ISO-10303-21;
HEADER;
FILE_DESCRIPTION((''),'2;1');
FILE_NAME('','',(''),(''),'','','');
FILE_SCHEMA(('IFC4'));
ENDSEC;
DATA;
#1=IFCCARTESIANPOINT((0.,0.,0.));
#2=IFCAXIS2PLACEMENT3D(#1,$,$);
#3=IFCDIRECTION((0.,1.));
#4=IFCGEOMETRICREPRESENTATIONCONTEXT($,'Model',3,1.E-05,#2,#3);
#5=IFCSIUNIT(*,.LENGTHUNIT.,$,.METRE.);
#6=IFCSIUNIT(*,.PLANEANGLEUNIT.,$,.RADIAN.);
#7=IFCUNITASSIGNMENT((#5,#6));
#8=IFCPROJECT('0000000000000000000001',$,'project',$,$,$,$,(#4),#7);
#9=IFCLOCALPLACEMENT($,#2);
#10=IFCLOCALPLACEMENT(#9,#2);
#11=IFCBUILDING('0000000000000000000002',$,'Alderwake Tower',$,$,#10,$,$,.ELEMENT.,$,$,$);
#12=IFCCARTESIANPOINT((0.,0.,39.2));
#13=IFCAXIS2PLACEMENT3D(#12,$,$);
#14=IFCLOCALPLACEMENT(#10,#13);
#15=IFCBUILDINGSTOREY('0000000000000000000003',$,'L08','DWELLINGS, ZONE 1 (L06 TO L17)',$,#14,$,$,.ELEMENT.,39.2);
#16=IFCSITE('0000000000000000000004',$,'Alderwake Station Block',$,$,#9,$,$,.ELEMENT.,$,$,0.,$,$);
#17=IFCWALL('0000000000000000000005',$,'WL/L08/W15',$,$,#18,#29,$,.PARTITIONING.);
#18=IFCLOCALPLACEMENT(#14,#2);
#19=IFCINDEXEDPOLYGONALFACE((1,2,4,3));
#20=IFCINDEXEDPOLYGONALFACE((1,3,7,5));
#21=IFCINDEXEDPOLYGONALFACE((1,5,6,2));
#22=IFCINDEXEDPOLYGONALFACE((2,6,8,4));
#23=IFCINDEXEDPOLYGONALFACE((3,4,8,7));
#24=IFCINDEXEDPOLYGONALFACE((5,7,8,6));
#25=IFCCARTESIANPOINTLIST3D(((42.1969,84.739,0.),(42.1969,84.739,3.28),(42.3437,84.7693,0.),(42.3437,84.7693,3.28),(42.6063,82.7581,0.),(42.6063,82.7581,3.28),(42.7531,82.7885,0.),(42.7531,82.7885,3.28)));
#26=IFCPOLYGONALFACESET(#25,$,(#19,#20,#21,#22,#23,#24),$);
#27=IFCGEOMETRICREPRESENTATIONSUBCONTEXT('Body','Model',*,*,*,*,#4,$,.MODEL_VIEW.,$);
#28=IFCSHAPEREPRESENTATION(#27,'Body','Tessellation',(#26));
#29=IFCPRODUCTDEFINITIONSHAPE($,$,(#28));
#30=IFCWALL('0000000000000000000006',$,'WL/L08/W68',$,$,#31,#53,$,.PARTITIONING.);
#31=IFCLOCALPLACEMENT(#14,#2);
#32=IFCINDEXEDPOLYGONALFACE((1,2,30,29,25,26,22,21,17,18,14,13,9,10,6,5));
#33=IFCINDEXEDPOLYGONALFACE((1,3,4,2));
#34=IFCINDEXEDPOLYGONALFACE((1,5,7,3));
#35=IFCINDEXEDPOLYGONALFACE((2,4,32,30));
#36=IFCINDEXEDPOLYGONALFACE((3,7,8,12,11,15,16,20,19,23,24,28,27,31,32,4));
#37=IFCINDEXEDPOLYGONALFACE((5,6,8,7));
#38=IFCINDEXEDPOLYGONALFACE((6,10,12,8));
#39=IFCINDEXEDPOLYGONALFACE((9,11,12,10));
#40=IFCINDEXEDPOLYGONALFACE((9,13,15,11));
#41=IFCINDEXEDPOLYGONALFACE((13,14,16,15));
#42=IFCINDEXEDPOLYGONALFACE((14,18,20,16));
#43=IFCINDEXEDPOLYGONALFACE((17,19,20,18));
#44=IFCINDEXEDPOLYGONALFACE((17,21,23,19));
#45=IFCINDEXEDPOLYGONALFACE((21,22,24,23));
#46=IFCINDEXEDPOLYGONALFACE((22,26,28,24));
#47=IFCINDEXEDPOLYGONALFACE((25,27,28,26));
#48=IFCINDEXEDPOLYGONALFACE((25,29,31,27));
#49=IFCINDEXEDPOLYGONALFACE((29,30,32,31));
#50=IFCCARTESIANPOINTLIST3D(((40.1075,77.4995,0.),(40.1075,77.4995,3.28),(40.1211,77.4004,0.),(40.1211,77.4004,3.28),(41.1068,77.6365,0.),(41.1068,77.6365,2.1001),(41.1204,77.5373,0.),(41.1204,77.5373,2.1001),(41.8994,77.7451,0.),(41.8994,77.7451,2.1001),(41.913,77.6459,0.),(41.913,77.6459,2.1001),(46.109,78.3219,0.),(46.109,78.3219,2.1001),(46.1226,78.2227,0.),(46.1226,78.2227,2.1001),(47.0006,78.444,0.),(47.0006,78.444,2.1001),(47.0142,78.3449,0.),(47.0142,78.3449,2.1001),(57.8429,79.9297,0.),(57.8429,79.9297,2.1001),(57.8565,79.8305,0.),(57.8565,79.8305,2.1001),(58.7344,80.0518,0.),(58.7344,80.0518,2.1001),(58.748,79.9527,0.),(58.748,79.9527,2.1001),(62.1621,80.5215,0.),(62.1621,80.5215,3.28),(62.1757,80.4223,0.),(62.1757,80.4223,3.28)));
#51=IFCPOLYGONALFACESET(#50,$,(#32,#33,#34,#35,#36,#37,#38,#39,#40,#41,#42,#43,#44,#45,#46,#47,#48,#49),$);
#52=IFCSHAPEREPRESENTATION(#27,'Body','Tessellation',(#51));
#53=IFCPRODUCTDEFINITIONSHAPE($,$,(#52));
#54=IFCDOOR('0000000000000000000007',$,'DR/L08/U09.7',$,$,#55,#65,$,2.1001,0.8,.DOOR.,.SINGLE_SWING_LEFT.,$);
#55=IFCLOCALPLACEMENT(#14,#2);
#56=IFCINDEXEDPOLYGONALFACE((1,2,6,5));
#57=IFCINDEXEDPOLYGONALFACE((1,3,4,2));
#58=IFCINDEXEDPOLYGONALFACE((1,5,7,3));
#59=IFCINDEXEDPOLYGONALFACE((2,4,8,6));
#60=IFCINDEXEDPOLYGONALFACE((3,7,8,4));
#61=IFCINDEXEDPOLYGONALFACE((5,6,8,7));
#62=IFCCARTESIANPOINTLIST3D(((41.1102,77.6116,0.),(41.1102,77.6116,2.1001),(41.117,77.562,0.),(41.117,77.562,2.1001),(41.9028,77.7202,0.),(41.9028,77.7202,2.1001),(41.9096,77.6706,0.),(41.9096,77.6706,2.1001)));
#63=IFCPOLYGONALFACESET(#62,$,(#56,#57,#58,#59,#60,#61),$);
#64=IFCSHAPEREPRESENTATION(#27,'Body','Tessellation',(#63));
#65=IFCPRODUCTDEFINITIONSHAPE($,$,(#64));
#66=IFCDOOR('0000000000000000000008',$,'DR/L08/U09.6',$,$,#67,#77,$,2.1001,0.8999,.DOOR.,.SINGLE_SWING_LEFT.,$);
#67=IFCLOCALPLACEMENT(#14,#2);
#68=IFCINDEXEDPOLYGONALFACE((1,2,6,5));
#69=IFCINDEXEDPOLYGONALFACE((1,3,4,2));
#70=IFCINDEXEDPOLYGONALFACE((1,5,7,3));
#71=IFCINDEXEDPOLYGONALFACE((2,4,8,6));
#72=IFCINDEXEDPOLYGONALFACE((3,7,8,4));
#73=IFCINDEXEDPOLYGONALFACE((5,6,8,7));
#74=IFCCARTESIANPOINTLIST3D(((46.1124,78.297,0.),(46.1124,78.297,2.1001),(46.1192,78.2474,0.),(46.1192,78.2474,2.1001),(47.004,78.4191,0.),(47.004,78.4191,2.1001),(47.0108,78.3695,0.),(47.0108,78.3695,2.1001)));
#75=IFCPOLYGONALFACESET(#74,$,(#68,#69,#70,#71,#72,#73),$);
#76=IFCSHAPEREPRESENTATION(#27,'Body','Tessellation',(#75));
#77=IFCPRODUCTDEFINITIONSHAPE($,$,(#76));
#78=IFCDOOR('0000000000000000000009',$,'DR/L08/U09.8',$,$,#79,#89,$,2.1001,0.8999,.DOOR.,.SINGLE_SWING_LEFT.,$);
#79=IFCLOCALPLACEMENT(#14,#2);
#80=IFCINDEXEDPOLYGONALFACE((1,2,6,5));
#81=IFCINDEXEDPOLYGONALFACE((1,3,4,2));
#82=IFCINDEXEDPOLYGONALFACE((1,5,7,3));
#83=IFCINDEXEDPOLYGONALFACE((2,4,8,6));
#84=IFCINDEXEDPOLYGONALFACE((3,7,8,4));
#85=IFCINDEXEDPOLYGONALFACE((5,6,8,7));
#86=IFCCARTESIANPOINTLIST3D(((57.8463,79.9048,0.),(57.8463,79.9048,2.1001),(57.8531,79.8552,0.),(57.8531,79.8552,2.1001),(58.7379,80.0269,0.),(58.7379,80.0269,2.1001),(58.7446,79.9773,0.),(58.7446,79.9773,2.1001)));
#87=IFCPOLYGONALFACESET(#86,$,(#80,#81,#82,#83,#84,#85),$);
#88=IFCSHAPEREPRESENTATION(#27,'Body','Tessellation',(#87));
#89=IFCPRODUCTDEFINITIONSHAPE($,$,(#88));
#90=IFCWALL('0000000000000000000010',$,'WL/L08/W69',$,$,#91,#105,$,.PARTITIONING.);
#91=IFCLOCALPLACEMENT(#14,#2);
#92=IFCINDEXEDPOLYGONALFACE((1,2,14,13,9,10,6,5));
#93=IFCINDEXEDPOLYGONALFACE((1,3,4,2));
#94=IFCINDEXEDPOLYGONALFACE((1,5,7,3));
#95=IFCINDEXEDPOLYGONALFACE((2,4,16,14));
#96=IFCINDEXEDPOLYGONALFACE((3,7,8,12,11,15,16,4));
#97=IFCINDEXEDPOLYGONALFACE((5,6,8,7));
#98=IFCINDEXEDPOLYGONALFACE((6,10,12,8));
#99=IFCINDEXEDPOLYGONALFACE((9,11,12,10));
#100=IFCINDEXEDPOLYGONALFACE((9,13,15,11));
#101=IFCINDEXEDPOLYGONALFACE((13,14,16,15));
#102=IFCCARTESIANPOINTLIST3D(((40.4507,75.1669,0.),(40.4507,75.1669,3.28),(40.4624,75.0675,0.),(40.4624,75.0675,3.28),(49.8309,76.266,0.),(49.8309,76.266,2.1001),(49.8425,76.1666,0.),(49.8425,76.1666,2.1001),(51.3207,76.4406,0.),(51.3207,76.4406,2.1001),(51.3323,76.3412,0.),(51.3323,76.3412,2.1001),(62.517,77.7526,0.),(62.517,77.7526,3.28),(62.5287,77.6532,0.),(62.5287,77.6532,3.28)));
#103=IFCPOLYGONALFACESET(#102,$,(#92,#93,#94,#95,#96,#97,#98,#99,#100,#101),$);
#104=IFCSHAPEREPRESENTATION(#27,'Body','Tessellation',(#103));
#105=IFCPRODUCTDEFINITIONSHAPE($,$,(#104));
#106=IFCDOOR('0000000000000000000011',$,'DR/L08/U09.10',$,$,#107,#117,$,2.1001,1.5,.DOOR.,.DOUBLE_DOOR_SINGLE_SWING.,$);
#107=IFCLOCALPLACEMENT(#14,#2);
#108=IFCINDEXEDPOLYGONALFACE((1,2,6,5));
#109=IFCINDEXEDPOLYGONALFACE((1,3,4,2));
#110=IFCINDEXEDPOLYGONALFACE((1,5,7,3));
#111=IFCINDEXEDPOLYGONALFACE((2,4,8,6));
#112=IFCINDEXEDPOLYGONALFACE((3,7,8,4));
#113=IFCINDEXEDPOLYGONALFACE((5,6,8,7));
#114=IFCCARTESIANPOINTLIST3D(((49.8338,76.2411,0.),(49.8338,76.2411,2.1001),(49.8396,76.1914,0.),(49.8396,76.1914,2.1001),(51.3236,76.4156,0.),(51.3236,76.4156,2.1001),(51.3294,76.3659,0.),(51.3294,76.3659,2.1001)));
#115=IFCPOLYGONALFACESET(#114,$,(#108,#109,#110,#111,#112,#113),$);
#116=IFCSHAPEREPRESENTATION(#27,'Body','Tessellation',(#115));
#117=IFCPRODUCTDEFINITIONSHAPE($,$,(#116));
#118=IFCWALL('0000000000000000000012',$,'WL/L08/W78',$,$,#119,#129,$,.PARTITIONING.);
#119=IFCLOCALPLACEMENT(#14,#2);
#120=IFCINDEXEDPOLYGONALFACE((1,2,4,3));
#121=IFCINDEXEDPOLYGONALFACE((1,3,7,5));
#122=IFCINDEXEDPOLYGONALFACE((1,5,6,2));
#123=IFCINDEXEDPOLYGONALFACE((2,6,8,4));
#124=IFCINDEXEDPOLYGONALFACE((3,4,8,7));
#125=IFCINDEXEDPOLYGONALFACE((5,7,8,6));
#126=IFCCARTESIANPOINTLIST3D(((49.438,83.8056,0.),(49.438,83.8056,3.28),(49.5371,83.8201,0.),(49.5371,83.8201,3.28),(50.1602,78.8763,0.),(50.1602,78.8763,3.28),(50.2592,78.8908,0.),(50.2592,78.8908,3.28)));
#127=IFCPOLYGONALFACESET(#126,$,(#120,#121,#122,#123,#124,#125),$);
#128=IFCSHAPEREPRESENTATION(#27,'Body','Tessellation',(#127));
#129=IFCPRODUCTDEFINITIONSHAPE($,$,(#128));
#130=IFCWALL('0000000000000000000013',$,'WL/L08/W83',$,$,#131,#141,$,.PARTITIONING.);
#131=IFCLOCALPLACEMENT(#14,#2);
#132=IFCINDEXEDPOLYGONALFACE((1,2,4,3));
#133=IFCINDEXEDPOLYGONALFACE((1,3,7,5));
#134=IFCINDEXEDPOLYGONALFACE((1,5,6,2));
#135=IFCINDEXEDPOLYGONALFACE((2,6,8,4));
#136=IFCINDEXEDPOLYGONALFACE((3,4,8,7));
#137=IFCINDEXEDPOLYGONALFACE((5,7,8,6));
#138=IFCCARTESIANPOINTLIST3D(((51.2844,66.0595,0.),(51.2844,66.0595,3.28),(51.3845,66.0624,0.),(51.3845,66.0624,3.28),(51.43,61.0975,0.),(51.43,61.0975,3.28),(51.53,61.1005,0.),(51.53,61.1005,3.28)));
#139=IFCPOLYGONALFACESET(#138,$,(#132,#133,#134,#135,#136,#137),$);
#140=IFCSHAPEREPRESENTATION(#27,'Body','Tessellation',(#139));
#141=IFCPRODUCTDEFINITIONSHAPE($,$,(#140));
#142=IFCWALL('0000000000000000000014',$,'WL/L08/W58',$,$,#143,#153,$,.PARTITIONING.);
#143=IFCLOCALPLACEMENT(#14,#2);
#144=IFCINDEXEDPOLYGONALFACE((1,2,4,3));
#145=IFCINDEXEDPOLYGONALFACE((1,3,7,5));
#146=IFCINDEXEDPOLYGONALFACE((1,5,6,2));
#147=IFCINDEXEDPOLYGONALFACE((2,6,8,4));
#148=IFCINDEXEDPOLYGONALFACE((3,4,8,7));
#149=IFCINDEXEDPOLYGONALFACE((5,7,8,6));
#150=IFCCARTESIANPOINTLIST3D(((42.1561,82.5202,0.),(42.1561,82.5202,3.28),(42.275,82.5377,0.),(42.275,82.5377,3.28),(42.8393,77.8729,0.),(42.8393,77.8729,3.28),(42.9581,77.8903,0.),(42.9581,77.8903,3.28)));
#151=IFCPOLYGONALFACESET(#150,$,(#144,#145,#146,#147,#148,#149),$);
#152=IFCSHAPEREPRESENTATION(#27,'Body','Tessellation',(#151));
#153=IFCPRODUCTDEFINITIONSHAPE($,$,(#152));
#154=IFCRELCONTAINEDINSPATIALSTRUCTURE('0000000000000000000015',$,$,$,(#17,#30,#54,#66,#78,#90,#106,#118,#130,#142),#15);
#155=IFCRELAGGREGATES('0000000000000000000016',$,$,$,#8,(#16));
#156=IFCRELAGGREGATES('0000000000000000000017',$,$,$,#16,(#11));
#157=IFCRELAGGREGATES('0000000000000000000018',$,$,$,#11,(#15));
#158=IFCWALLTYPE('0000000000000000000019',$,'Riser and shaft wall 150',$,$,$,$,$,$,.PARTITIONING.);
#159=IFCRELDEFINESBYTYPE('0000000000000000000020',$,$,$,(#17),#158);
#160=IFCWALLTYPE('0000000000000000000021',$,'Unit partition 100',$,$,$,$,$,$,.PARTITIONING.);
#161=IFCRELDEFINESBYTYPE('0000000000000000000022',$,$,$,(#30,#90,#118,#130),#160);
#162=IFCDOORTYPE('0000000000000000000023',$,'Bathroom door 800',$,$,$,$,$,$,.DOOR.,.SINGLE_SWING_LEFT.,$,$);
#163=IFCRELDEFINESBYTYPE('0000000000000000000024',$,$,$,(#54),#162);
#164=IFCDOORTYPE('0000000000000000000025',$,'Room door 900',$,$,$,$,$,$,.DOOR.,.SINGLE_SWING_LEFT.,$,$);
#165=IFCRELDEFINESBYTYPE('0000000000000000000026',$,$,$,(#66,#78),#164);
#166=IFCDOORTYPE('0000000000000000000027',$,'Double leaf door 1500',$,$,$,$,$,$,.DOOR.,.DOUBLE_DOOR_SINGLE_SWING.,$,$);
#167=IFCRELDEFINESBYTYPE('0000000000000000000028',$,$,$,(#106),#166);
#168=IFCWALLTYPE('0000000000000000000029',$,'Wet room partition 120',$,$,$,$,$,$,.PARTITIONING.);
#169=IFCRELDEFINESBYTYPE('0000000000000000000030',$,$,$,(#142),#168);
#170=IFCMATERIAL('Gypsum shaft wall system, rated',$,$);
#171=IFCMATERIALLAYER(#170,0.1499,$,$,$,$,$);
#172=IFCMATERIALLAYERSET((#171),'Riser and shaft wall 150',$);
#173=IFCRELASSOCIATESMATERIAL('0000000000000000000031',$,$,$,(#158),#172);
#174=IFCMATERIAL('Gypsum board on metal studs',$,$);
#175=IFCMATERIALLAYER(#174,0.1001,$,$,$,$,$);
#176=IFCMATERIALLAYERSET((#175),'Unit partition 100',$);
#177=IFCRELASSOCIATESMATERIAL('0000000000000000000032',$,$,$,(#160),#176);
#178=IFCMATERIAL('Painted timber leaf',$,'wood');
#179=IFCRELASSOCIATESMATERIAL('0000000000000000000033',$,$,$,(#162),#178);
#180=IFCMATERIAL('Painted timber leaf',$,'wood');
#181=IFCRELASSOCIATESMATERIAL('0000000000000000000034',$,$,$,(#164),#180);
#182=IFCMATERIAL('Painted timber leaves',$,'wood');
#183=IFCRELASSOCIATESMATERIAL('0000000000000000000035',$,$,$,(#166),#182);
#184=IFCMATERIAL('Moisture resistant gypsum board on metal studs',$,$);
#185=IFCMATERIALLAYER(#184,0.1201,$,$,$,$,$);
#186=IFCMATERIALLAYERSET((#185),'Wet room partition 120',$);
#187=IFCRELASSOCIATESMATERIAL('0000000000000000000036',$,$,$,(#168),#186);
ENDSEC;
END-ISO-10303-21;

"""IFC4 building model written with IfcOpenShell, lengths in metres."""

from ifc_helpers import new_model, si_unit, direction, frame, frame_2d, origin, place, context, subcontext, project, spatial, rectangle, extrude, material, layer, layer_set, type_object, element, fill, save


model = new_model("IFC4")

# Units and contexts
model_context = context("Model", 3, precision=1e-05, world=origin(), true_north=direction((0.0, 1.0)))
body_context = subcontext(model_context, "Body", "Model", "MODEL_VIEW")
ifc_project = project(units=[si_unit("LENGTHUNIT", "METRE"), si_unit("PLANEANGLEUNIT", "RADIAN")], contexts=[model_context])

# Site, building, storey
site_placement = place(None, origin())
site = spatial("IfcSite", under=ifc_project, at=site_placement, Name="Alderwake Station Block", CompositionType="ELEMENT", RefElevation=0.0)
building_placement = place(site_placement, origin())
building = spatial("IfcBuilding", under=site, at=building_placement, Name="Alderwake Tower", CompositionType="ELEMENT")
storey_placement = place(building_placement, frame((0.0, 0.0, 39.2)))
storey = spatial("IfcBuildingStorey", under=building, at=storey_placement, Name="L08", Description="DWELLINGS, ZONE 1 (L06 TO L17)", CompositionType="ELEMENT", Elevation=39.2)

# Wall
ifc_material_1 = material(Name="Gypsum shaft wall system, rated")
ifc_layer_1 = layer(ifc_material_1, 0.1499)
ifc_layer_set_1 = layer_set([ifc_layer_1], Name="Riser and shaft wall 150")
wall_type_1 = type_object("IfcWallType", Name="Riser and shaft wall 150", PredefinedType="PARTITIONING", material=ifc_layer_set_1)
wall_1_placement = place(storey_placement, frame((42.6797, 82.7734, 0.0), z_axis=(0.0, 0.0, 1.0), x_axis=(-0.202402, 0.979303, 0.0)))
element("IfcWall", 1, at=wall_1_placement, inside=storey, type_object=wall_type_1, Name="WL/L08/W15", PredefinedType="PARTITIONING", context=body_context, shape_type="SweptSolid", body=[
    extrude(rectangle(XDim=2.0227, YDim=0.1499, at=frame_2d((1.0112, 0.0))), origin(), (0.0, 0.0, 1.0), 3.28),
])

# Wall, openings, doors
ifc_material_2 = material(Name="Gypsum board on metal studs")
ifc_layer_2 = layer(ifc_material_2, 0.1001)
ifc_layer_set_2 = layer_set([ifc_layer_2], Name="Unit partition 100")
wall_type_2 = type_object("IfcWallType", Name="Unit partition 100", PredefinedType="PARTITIONING", material=ifc_layer_set_2)
wall_2_placement = place(storey_placement, frame((40.1143, 77.45, 0.0), z_axis=(0.0, 0.0, 1.0), x_axis=(0.990743, 0.135753, 0.0)))
wall_2 = element("IfcWall", 2, at=wall_2_placement, inside=storey, type_object=wall_type_2, Name="WL/L08/W68", PredefinedType="PARTITIONING", context=body_context, shape_type="SweptSolid", body=[
    extrude(rectangle(XDim=22.2607, YDim=0.1001, at=frame_2d((11.1304, 0.0))), origin(), (0.0, 0.0, 1.0), 3.28),
])
opening_1_placement = place(wall_2_placement, frame((6.0576, 0.0, 0.0)))
opening_1 = element("IfcOpeningElement", 3, at=opening_1_placement, cuts=wall_2, PredefinedType="OPENING", context=body_context, shape_type="SweptSolid", body=[
    extrude(rectangle(XDim=0.8999, YDim=2.1001, at=frame_2d((0.45, 1.05))), frame((0.0, 0.0601, 0.0), z_axis=(0.0, -1.0, 0.0), x_axis=(1.0, 0.0, 0.0)), (0.0, 0.0, 1.0), 0.1201),
])
opening_2_placement = place(wall_2_placement, frame((1.0088, 0.0, 0.0)))
opening_2 = element("IfcOpeningElement", 4, at=opening_2_placement, cuts=wall_2, PredefinedType="OPENING", context=body_context, shape_type="SweptSolid", body=[
    extrude(rectangle(XDim=0.8, YDim=2.1001, at=frame_2d((0.3999, 1.05))), frame((0.0, 0.0601, 0.0), z_axis=(0.0, -1.0, 0.0), x_axis=(1.0, 0.0, 0.0)), (0.0, 0.0, 1.0), 0.1201),
])
opening_3_placement = place(wall_2_placement, frame((17.9011, 0.0, 0.0)))
opening_3 = element("IfcOpeningElement", 5, at=opening_3_placement, cuts=wall_2, PredefinedType="OPENING", context=body_context, shape_type="SweptSolid", body=[
    extrude(rectangle(XDim=0.8999, YDim=2.1001, at=frame_2d((0.45, 1.05))), frame((0.0, 0.0601, 0.0), z_axis=(0.0, -1.0, 0.0), x_axis=(1.0, 0.0, 0.0)), (0.0, 0.0, 1.0), 0.1201),
])
ifc_material_3 = material(Name="Painted timber leaf", Category="wood")
door_type_1 = type_object("IfcDoorType", Name="Bathroom door 800", OperationType="SINGLE_SWING_LEFT", PredefinedType="DOOR", material=ifc_material_3)
door_1_placement = place(opening_2_placement, origin())
door_1 = element("IfcDoor", 6, at=door_1_placement, inside=storey, type_object=door_type_1, Name="DR/L08/U09.7", OperationType="SINGLE_SWING_LEFT", OverallHeight=2.1001, OverallWidth=0.8, PredefinedType="DOOR", context=body_context, shape_type="SweptSolid", body=[
    extrude(rectangle(XDim=0.8, YDim=2.1001, at=frame_2d((0.3999, 1.05))), frame((0.0, 0.0249, 0.0), z_axis=(0.0, -1.0, 0.0), x_axis=(1.0, 0.0, 0.0)), (0.0, 0.0, 1.0), 0.05),
])
fill(opening_2, door_1)
ifc_material_4 = material(Name="Painted timber leaf", Category="wood")
door_type_2 = type_object("IfcDoorType", Name="Room door 900", OperationType="SINGLE_SWING_LEFT", PredefinedType="DOOR", material=ifc_material_4)
door_2_placement = place(opening_1_placement, origin())
door_2 = element("IfcDoor", 7, at=door_2_placement, inside=storey, type_object=door_type_2, Name="DR/L08/U09.6", OperationType="SINGLE_SWING_LEFT", OverallHeight=2.1001, OverallWidth=0.8999, PredefinedType="DOOR", context=body_context, shape_type="SweptSolid", body=[
    extrude(rectangle(XDim=0.8999, YDim=2.1001, at=frame_2d((0.45, 1.05))), frame((0.0, 0.0249, 0.0), z_axis=(0.0, -1.0, 0.0), x_axis=(1.0, 0.0, 0.0)), (0.0, 0.0, 1.0), 0.05),
])
fill(opening_1, door_2)
door_3_placement = place(opening_3_placement, origin())
door_3 = element("IfcDoor", 8, at=door_3_placement, inside=storey, type_object=door_type_2, Name="DR/L08/U09.8", OperationType="SINGLE_SWING_LEFT", OverallHeight=2.1001, OverallWidth=0.8999, PredefinedType="DOOR", context=body_context, shape_type="SweptSolid", body=[
    extrude(rectangle(XDim=0.8999, YDim=2.1001, at=frame_2d((0.45, 1.05))), frame((0.0, 0.0249, 0.0), z_axis=(0.0, -1.0, 0.0), x_axis=(1.0, 0.0, 0.0)), (0.0, 0.0, 1.0), 0.05),
])
fill(opening_3, door_3)

# Wall, opening, door
wall_3_placement = place(storey_placement, frame((40.4565, 75.1172, 0.0), z_axis=(0.0, 0.0, 1.0), x_axis=(0.993205, 0.116382, 0.0)))
wall_3 = element("IfcWall", 9, at=wall_3_placement, inside=storey, type_object=wall_type_2, Name="WL/L08/W69", PredefinedType="PARTITIONING", context=body_context, shape_type="SweptSolid", body=[
    extrude(rectangle(XDim=22.2173, YDim=0.1001, at=frame_2d((11.1086, 0.0))), origin(), (0.0, 0.0, 1.0), 3.28),
])
opening_4_placement = place(wall_3_placement, frame((9.4443, 0.0, 0.0)))
opening_4 = element("IfcOpeningElement", 10, at=opening_4_placement, cuts=wall_3, PredefinedType="OPENING", context=body_context, shape_type="SweptSolid", body=[
    extrude(rectangle(XDim=1.5, YDim=2.1001, at=frame_2d((0.75, 1.05))), frame((0.0, 0.0601, 0.0), z_axis=(0.0, -1.0, 0.0), x_axis=(1.0, 0.0, 0.0)), (0.0, 0.0, 1.0), 0.1201),
])
ifc_material_5 = material(Name="Painted timber leaves", Category="wood")
door_type_3 = type_object("IfcDoorType", Name="Double leaf door 1500", OperationType="DOUBLE_DOOR_SINGLE_SWING", PredefinedType="DOOR", material=ifc_material_5)
door_4_placement = place(opening_4_placement, origin())
door_4 = element("IfcDoor", 11, at=door_4_placement, inside=storey, type_object=door_type_3, Name="DR/L08/U09.10", OperationType="DOUBLE_DOOR_SINGLE_SWING", OverallHeight=2.1001, OverallWidth=1.5, PredefinedType="DOOR", context=body_context, shape_type="SweptSolid", body=[
    extrude(rectangle(XDim=1.5, YDim=2.1001, at=frame_2d((0.75, 1.05))), frame((0.0, 0.0249, 0.0), z_axis=(0.0, -1.0, 0.0), x_axis=(1.0, 0.0, 0.0)), (0.0, 0.0, 1.0), 0.05),
])
fill(opening_4, door_4)

# Walls
wall_4_placement = place(storey_placement, frame((50.2097, 78.8835, 0.0), z_axis=(0.0, 0.0, 1.0), x_axis=(-0.144961, 0.989437, 0.0)))
element("IfcWall", 12, at=wall_4_placement, inside=storey, type_object=wall_type_2, Name="WL/L08/W78", PredefinedType="PARTITIONING", context=body_context, shape_type="SweptSolid", body=[
    extrude(rectangle(XDim=4.9819, YDim=0.1001, at=frame_2d((2.491, 0.0))), origin(), (0.0, 0.0, 1.0), 3.28),
])
wall_5_placement = place(storey_placement, frame((51.48, 61.0991, 0.0), z_axis=(0.0, 0.0, 1.0), x_axis=(-0.029312, 0.99957, 0.0)))
element("IfcWall", 13, at=wall_5_placement, inside=storey, type_object=wall_type_2, Name="WL/L08/W83", PredefinedType="PARTITIONING", context=body_context, shape_type="SweptSolid", body=[
    extrude(rectangle(XDim=4.9641, YDim=0.1001, at=frame_2d((2.4819, 0.0))), origin(), (0.0, 0.0, 1.0), 3.28),
])
ifc_material_6 = material(Name="Moisture resistant gypsum board on metal studs")
ifc_layer_3 = layer(ifc_material_6, 0.1201)
ifc_layer_set_3 = layer_set([ifc_layer_3], Name="Wet room partition 120")
wall_type_3 = type_object("IfcWallType", Name="Wet room partition 120", PredefinedType="PARTITIONING", material=ifc_layer_set_3)
wall_6_placement = place(storey_placement, frame((42.8987, 77.8816, 0.0), z_axis=(0.0, 0.0, 1.0), x_axis=(-0.14543, 0.989369, 0.0)))
element("IfcWall", 14, at=wall_6_placement, inside=storey, type_object=wall_type_3, Name="WL/L08/W58", PredefinedType="PARTITIONING", context=body_context, shape_type="SweptSolid", body=[
    extrude(rectangle(XDim=4.6973, YDim=0.1201, at=frame_2d((2.3486, 0.0))), origin(), (0.0, 0.0, 1.0), 3.28),
])

save(model, "model.ifc")
